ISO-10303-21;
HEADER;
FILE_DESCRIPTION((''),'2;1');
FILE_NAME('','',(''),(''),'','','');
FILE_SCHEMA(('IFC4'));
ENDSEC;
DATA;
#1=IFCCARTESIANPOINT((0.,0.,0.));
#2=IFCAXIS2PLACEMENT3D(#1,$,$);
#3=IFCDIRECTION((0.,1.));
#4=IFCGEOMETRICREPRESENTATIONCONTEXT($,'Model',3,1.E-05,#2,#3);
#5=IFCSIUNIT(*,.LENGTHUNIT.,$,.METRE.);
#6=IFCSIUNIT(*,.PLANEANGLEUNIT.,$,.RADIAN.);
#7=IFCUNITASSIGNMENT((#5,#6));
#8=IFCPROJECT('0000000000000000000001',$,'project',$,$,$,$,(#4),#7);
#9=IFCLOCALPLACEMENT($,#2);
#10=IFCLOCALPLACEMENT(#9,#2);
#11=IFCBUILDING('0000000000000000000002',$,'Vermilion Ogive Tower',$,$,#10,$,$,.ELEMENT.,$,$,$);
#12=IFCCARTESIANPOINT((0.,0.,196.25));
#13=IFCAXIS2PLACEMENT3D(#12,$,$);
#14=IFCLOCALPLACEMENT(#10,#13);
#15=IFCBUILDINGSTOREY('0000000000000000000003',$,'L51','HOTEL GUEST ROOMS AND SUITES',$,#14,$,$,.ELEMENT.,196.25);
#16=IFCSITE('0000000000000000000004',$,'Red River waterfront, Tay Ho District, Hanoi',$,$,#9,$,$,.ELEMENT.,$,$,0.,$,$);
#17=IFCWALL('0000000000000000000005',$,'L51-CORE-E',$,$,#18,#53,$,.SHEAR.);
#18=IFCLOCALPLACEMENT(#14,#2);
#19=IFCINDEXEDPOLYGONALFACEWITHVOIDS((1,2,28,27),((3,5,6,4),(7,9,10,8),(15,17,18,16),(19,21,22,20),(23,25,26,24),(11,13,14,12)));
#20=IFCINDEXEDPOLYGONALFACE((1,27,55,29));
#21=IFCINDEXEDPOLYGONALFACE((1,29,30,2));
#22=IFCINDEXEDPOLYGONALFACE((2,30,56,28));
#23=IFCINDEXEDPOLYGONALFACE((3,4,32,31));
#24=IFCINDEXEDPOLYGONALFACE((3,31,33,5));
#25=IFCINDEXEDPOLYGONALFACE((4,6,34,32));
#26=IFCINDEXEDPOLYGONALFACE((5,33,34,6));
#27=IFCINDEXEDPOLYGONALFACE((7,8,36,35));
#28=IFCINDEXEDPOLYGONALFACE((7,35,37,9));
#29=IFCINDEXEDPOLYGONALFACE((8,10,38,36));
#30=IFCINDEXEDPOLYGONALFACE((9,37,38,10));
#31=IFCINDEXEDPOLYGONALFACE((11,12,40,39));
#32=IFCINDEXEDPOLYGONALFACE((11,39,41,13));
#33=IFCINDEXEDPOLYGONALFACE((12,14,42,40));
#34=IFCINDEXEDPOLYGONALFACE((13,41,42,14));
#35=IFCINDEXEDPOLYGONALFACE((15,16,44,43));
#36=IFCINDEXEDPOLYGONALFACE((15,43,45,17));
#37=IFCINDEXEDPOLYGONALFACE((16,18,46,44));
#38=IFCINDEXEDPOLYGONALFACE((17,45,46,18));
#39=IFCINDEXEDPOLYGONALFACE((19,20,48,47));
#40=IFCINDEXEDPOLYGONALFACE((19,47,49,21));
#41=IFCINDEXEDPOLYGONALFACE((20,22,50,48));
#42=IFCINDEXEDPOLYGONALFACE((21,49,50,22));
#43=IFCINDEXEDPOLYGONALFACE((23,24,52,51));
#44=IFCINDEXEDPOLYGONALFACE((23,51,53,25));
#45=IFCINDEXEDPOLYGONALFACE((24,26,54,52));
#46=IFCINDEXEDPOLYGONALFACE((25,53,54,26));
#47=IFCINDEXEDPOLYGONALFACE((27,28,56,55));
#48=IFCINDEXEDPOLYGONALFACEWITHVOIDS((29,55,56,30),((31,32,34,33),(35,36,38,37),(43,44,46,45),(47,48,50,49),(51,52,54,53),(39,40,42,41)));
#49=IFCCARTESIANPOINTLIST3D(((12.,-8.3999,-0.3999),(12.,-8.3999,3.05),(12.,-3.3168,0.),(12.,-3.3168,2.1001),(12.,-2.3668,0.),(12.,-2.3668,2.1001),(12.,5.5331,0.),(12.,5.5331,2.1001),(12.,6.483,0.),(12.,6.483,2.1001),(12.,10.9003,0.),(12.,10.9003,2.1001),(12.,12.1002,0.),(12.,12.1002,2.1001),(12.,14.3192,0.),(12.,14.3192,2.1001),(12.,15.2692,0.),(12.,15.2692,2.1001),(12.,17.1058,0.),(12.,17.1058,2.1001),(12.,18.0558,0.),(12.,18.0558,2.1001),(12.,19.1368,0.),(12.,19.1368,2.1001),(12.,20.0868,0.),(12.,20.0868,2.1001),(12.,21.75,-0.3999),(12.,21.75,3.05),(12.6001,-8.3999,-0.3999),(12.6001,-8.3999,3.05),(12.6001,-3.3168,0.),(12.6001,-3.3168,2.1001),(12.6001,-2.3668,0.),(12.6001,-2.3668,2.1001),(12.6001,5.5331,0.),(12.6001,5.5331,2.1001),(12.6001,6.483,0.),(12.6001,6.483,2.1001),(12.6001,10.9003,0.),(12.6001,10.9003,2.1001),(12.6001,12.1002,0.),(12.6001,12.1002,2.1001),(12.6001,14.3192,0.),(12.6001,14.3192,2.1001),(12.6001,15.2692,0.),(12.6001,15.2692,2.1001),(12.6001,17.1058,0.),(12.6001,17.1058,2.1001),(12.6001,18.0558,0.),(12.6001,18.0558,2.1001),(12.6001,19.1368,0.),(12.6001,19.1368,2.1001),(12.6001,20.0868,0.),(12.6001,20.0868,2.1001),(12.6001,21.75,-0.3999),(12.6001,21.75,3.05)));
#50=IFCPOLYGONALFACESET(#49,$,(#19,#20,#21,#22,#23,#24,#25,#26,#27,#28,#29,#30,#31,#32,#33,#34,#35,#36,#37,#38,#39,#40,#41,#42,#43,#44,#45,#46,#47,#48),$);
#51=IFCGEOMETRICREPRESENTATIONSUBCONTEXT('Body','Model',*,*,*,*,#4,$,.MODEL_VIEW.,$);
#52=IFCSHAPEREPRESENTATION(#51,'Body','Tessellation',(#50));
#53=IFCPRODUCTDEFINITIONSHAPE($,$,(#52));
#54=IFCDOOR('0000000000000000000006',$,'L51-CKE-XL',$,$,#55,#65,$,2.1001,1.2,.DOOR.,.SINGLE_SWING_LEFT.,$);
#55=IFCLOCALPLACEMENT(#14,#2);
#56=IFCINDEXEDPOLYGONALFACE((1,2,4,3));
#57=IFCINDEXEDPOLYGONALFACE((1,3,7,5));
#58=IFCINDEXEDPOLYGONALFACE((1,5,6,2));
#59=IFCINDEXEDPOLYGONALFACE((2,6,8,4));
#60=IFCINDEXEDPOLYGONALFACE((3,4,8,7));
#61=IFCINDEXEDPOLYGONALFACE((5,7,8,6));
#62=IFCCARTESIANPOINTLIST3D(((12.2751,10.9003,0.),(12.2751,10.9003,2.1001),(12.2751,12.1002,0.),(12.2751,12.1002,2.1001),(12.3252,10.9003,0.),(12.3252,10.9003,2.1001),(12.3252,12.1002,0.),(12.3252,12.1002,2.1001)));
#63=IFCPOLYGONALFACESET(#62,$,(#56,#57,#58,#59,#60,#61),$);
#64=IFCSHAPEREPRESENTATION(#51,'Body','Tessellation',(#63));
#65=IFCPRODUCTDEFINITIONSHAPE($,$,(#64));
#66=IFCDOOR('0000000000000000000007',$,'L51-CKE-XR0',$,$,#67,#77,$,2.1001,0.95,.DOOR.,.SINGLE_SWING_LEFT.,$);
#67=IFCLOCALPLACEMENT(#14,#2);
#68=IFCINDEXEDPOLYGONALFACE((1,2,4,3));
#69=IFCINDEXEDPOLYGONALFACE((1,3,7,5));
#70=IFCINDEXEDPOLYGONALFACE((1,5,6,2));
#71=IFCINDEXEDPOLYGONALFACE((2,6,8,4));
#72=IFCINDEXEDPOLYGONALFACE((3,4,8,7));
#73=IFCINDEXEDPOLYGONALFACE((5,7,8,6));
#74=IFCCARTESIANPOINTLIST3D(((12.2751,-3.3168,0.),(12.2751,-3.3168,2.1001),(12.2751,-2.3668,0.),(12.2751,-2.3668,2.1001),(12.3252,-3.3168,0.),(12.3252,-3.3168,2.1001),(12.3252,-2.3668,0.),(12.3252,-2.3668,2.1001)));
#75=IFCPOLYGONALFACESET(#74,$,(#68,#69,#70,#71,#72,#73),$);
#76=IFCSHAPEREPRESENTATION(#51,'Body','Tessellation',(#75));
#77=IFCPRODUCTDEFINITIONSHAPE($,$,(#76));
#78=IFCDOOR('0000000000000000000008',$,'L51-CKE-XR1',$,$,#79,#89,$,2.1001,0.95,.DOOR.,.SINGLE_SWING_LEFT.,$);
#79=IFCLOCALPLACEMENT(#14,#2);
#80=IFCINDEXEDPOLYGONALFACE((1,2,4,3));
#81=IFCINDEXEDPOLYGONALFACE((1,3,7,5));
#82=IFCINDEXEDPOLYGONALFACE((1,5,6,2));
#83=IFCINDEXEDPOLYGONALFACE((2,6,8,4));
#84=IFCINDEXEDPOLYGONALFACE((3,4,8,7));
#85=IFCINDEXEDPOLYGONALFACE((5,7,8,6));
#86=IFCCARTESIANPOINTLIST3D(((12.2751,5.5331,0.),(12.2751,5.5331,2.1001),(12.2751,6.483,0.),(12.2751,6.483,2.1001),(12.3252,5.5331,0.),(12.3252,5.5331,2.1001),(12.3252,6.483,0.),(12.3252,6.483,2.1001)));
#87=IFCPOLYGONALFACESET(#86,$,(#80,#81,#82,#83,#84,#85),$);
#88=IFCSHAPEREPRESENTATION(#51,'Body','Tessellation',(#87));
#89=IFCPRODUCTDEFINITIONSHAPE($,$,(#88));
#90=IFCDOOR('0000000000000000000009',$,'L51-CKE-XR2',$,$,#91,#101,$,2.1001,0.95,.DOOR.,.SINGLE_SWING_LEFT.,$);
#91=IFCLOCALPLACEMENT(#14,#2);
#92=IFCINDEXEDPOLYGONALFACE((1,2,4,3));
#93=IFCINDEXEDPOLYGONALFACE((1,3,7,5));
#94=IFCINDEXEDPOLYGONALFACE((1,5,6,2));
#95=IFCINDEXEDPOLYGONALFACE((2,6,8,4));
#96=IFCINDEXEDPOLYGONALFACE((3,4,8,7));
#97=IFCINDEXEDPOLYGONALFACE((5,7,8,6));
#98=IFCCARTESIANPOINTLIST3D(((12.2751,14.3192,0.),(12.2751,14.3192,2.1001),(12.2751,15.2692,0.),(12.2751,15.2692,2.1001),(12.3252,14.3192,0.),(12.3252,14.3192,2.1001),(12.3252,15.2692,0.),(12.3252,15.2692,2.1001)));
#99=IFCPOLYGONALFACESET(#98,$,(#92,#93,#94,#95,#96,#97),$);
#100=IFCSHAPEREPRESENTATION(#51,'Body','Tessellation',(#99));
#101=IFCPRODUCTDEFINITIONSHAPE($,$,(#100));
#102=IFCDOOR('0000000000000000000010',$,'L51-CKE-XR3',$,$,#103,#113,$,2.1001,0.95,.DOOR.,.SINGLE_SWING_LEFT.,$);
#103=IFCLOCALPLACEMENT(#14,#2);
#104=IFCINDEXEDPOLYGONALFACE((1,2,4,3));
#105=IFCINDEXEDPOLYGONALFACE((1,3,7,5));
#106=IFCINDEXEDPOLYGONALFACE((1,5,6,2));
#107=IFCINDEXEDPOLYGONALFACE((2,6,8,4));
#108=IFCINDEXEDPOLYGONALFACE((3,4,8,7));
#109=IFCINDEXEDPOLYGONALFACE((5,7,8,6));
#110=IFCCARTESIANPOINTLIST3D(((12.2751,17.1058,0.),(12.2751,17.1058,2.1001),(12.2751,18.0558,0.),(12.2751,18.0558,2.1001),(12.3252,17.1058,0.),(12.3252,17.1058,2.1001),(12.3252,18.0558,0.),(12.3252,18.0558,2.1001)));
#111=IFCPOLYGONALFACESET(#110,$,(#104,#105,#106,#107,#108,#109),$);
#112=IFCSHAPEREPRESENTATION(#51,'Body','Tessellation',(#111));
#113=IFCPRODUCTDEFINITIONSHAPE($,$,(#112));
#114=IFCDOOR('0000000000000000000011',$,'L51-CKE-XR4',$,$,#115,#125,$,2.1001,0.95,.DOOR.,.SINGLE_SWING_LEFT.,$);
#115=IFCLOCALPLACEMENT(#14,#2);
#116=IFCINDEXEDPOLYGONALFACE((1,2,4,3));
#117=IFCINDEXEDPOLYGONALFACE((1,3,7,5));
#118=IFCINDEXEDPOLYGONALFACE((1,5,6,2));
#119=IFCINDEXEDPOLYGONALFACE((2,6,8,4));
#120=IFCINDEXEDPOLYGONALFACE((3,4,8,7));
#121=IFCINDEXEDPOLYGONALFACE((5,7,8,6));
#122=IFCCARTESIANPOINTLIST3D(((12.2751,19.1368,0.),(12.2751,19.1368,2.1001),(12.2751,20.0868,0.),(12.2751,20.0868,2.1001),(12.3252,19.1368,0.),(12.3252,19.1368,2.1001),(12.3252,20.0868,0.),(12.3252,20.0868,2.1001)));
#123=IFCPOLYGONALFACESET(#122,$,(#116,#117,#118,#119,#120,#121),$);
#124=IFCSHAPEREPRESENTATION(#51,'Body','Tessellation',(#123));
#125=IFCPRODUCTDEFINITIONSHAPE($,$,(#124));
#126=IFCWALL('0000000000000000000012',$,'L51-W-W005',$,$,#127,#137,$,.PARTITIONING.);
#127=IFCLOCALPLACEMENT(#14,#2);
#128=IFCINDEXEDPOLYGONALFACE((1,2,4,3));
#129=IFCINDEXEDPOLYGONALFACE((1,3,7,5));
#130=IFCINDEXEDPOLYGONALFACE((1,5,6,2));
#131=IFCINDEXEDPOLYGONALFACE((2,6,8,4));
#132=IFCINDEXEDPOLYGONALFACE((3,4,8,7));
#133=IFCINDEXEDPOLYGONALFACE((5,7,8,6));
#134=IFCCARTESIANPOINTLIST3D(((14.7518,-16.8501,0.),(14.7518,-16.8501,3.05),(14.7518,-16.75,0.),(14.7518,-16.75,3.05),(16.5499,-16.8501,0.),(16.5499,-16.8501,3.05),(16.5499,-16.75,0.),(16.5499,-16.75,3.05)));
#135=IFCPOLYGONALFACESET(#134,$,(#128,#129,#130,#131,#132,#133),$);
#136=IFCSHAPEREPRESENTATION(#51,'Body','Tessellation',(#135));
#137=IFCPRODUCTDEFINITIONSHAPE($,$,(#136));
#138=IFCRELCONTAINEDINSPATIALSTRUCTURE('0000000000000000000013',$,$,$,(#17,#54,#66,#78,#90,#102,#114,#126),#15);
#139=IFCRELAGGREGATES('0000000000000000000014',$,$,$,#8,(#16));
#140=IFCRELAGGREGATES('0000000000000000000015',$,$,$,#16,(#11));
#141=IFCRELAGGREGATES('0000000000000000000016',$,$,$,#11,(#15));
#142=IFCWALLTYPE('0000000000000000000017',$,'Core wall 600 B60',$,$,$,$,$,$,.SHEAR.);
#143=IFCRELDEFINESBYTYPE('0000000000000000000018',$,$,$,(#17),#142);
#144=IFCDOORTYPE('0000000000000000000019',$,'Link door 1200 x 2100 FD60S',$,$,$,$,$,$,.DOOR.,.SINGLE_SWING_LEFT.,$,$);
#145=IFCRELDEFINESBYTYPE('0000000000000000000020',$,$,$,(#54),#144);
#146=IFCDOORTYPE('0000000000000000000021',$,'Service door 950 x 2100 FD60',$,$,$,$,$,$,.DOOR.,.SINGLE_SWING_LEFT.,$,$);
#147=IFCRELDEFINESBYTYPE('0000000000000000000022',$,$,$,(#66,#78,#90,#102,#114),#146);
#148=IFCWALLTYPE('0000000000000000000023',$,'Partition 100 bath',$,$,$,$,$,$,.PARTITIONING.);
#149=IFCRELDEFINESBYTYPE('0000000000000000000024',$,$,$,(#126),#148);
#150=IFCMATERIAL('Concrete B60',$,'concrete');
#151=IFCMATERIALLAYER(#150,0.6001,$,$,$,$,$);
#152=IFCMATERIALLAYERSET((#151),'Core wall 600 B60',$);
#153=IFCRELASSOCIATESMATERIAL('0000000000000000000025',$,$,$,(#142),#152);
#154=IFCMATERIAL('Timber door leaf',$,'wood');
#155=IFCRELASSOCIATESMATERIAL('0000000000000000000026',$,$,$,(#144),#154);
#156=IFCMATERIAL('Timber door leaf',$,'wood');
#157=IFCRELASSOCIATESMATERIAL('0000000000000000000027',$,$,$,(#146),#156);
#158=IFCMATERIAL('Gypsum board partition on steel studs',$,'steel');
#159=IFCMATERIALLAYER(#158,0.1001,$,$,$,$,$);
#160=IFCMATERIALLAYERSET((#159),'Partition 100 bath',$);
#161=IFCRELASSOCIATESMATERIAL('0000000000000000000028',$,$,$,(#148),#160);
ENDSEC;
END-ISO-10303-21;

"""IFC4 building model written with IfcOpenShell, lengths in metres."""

from ifc_helpers import new_model, si_unit, direction, frame, frame_2d, origin, place, context, subcontext, project, spatial, rectangle, extrude, material, layer, layer_set, type_object, element, fill, save


model = new_model("IFC4")

# Units and contexts
model_context = context("Model", 3, precision=1e-05, world=origin(), true_north=direction((0.0, 1.0)))
body_context = subcontext(model_context, "Body", "Model", "MODEL_VIEW")
ifc_project = project(units=[si_unit("LENGTHUNIT", "METRE"), si_unit("PLANEANGLEUNIT", "RADIAN")], contexts=[model_context])

# Site, building, storey
site_placement = place(None, origin())
site = spatial("IfcSite", under=ifc_project, at=site_placement, Name="Red River waterfront, Tay Ho District, Hanoi", CompositionType="ELEMENT", RefElevation=0.0)
building_placement = place(site_placement, origin())
building = spatial("IfcBuilding", under=site, at=building_placement, Name="Vermilion Ogive Tower", CompositionType="ELEMENT")
storey_placement = place(building_placement, frame((0.0, 0.0, 196.25)))
storey = spatial("IfcBuildingStorey", under=building, at=storey_placement, Name="L51", Description="HOTEL GUEST ROOMS AND SUITES", CompositionType="ELEMENT", Elevation=196.25)

# Wall, openings, doors
ifc_material_1 = material(Name="Concrete B60", Category="concrete")
ifc_layer_1 = layer(ifc_material_1, 0.6001)
ifc_layer_set_1 = layer_set([ifc_layer_1], Name="Core wall 600 B60")
wall_type_1 = type_object("IfcWallType", Name="Core wall 600 B60", PredefinedType="SHEAR", material=ifc_layer_set_1)
wall_1_placement = place(storey_placement, frame((12.3, -8.3999, -0.3999), z_axis=(0.0, 0.0, 1.0), x_axis=(0.0, 1.0, 0.0)))
wall_1 = element("IfcWall", 1, at=wall_1_placement, inside=storey, type_object=wall_type_1, Name="L51-CORE-E", PredefinedType="SHEAR", context=body_context, shape_type="SweptSolid", body=[
    extrude(rectangle(XDim=30.1499, YDim=0.6001, at=frame_2d((15.075, 0.0))), origin(), (0.0, 0.0, 1.0), 3.45),
])
opening_1_placement = place(wall_1_placement, frame((5.083, 0.0, 0.3999)))
opening_1 = element("IfcOpeningElement", 2, at=opening_1_placement, cuts=wall_1, PredefinedType="OPENING", context=body_context, shape_type="SweptSolid", body=[
    extrude(rectangle(XDim=0.95, YDim=2.1001, at=frame_2d((0.4751, 1.05))), frame((0.0, 0.3101, 0.0), z_axis=(0.0, -1.0, 0.0), x_axis=(1.0, 0.0, 0.0)), (0.0, 0.0, 1.0), 0.6201),
])
opening_2_placement = place(wall_1_placement, frame((13.9329, 0.0, 0.3999)))
opening_2 = element("IfcOpeningElement", 3, at=opening_2_placement, cuts=wall_1, PredefinedType="OPENING", context=body_context, shape_type="SweptSolid", body=[
    extrude(rectangle(XDim=0.95, YDim=2.1001, at=frame_2d((0.4751, 1.05))), frame((0.0, 0.3101, 0.0), z_axis=(0.0, -1.0, 0.0), x_axis=(1.0, 0.0, 0.0)), (0.0, 0.0, 1.0), 0.6201),
])
opening_3_placement = place(wall_1_placement, frame((22.719, 0.0, 0.3999)))
opening_3 = element("IfcOpeningElement", 4, at=opening_3_placement, cuts=wall_1, PredefinedType="OPENING", context=body_context, shape_type="SweptSolid", body=[
    extrude(rectangle(XDim=0.95, YDim=2.1001, at=frame_2d((0.4751, 1.05))), frame((0.0, 0.3101, 0.0), z_axis=(0.0, -1.0, 0.0), x_axis=(1.0, 0.0, 0.0)), (0.0, 0.0, 1.0), 0.6201),
])
opening_4_placement = place(wall_1_placement, frame((25.5056, 0.0, 0.3999)))
opening_4 = element("IfcOpeningElement", 5, at=opening_4_placement, cuts=wall_1, PredefinedType="OPENING", context=body_context, shape_type="SweptSolid", body=[
    extrude(rectangle(XDim=0.95, YDim=2.1001, at=frame_2d((0.4751, 1.05))), frame((0.0, 0.3101, 0.0), z_axis=(0.0, -1.0, 0.0), x_axis=(1.0, 0.0, 0.0)), (0.0, 0.0, 1.0), 0.6201),
])
opening_5_placement = place(wall_1_placement, frame((27.5366, 0.0, 0.3999)))
opening_5 = element("IfcOpeningElement", 6, at=opening_5_placement, cuts=wall_1, PredefinedType="OPENING", context=body_context, shape_type="SweptSolid", body=[
    extrude(rectangle(XDim=0.95, YDim=2.1001, at=frame_2d((0.4751, 1.05))), frame((0.0, 0.3101, 0.0), z_axis=(0.0, -1.0, 0.0), x_axis=(1.0, 0.0, 0.0)), (0.0, 0.0, 1.0), 0.6201),
])
opening_6_placement = place(wall_1_placement, frame((19.3, 0.0, 0.3999)))
opening_6 = element("IfcOpeningElement", 7, at=opening_6_placement, cuts=wall_1, PredefinedType="OPENING", context=body_context, shape_type="SweptSolid", body=[
    extrude(rectangle(XDim=1.2, YDim=2.1001, at=frame_2d((0.6001, 1.05))), frame((0.0, 0.3101, 0.0), z_axis=(0.0, -1.0, 0.0), x_axis=(1.0, 0.0, 0.0)), (0.0, 0.0, 1.0), 0.6201),
])
ifc_material_2 = material(Name="Timber door leaf", Category="wood")
door_type_1 = type_object("IfcDoorType", Name="Link door 1200 x 2100 FD60S", OperationType="SINGLE_SWING_LEFT", PredefinedType="DOOR", material=ifc_material_2)
door_1_placement = place(opening_6_placement, origin())
door_1 = element("IfcDoor", 8, at=door_1_placement, inside=storey, type_object=door_type_1, Name="L51-CKE-XL", OperationType="SINGLE_SWING_LEFT", OverallHeight=2.1001, OverallWidth=1.2, PredefinedType="DOOR", context=body_context, shape_type="SweptSolid", body=[
    extrude(rectangle(XDim=1.2, YDim=2.1001, at=frame_2d((0.6001, 1.05))), frame((0.0, 0.0249, 0.0), z_axis=(0.0, -1.0, 0.0), x_axis=(1.0, 0.0, 0.0)), (0.0, 0.0, 1.0), 0.05),
])
fill(opening_6, door_1)
ifc_material_3 = material(Name="Timber door leaf", Category="wood")
door_type_2 = type_object("IfcDoorType", Name="Service door 950 x 2100 FD60", OperationType="SINGLE_SWING_LEFT", PredefinedType="DOOR", material=ifc_material_3)
door_2_placement = place(opening_1_placement, origin())
door_2 = element("IfcDoor", 9, at=door_2_placement, inside=storey, type_object=door_type_2, Name="L51-CKE-XR0", OperationType="SINGLE_SWING_LEFT", OverallHeight=2.1001, OverallWidth=0.95, PredefinedType="DOOR", context=body_context, shape_type="SweptSolid", body=[
    extrude(rectangle(XDim=0.95, YDim=2.1001, at=frame_2d((0.4751, 1.05))), frame((0.0, 0.0249, 0.0), z_axis=(0.0, -1.0, 0.0), x_axis=(1.0, 0.0, 0.0)), (0.0, 0.0, 1.0), 0.05),
])
fill(opening_1, door_2)
door_3_placement = place(opening_2_placement, origin())
door_3 = element("IfcDoor", 10, at=door_3_placement, inside=storey, type_object=door_type_2, Name="L51-CKE-XR1", OperationType="SINGLE_SWING_LEFT", OverallHeight=2.1001, OverallWidth=0.95, PredefinedType="DOOR", context=body_context, shape_type="SweptSolid", body=[
    extrude(rectangle(XDim=0.95, YDim=2.1001, at=frame_2d((0.4751, 1.05))), frame((0.0, 0.0249, 0.0), z_axis=(0.0, -1.0, 0.0), x_axis=(1.0, 0.0, 0.0)), (0.0, 0.0, 1.0), 0.05),
])
fill(opening_2, door_3)
door_4_placement = place(opening_3_placement, origin())
door_4 = element("IfcDoor", 11, at=door_4_placement, inside=storey, type_object=door_type_2, Name="L51-CKE-XR2", OperationType="SINGLE_SWING_LEFT", OverallHeight=2.1001, OverallWidth=0.95, PredefinedType="DOOR", context=body_context, shape_type="SweptSolid", body=[
    extrude(rectangle(XDim=0.95, YDim=2.1001, at=frame_2d((0.4751, 1.05))), frame((0.0, 0.0249, 0.0), z_axis=(0.0, -1.0, 0.0), x_axis=(1.0, 0.0, 0.0)), (0.0, 0.0, 1.0), 0.05),
])
fill(opening_3, door_4)
door_5_placement = place(opening_4_placement, origin())
door_5 = element("IfcDoor", 12, at=door_5_placement, inside=storey, type_object=door_type_2, Name="L51-CKE-XR3", OperationType="SINGLE_SWING_LEFT", OverallHeight=2.1001, OverallWidth=0.95, PredefinedType="DOOR", context=body_context, shape_type="SweptSolid", body=[
    extrude(rectangle(XDim=0.95, YDim=2.1001, at=frame_2d((0.4751, 1.05))), frame((0.0, 0.0249, 0.0), z_axis=(0.0, -1.0, 0.0), x_axis=(1.0, 0.0, 0.0)), (0.0, 0.0, 1.0), 0.05),
])
fill(opening_4, door_5)
door_6_placement = place(opening_5_placement, origin())
door_6 = element("IfcDoor", 13, at=door_6_placement, inside=storey, type_object=door_type_2, Name="L51-CKE-XR4", OperationType="SINGLE_SWING_LEFT", OverallHeight=2.1001, OverallWidth=0.95, PredefinedType="DOOR", context=body_context, shape_type="SweptSolid", body=[
    extrude(rectangle(XDim=0.95, YDim=2.1001, at=frame_2d((0.4751, 1.05))), frame((0.0, 0.0249, 0.0), z_axis=(0.0, -1.0, 0.0), x_axis=(1.0, 0.0, 0.0)), (0.0, 0.0, 1.0), 0.05),
])
fill(opening_5, door_6)

# Wall
ifc_material_4 = material(Name="Gypsum board partition on steel studs", Category="steel")
ifc_layer_2 = layer(ifc_material_4, 0.1001)
ifc_layer_set_2 = layer_set([ifc_layer_2], Name="Partition 100 bath")
wall_type_2 = type_object("IfcWallType", Name="Partition 100 bath", PredefinedType="PARTITIONING", material=ifc_layer_set_2)
wall_2_placement = place(storey_placement, frame((14.752, -16.8, 0.0), z_axis=(0.0, 0.0, 1.0), x_axis=(1.0, 0.0, 0.0)))
element("IfcWall", 14, at=wall_2_placement, inside=storey, type_object=wall_type_2, Name="L51-W-W005", PredefinedType="PARTITIONING", context=body_context, shape_type="SweptSolid", body=[
    extrude(rectangle(XDim=1.7981, YDim=0.1001, at=frame_2d((0.8989, 0.0))), origin(), (0.0, 0.0, 1.0), 3.05),
])

save(model, "model.ifc")
